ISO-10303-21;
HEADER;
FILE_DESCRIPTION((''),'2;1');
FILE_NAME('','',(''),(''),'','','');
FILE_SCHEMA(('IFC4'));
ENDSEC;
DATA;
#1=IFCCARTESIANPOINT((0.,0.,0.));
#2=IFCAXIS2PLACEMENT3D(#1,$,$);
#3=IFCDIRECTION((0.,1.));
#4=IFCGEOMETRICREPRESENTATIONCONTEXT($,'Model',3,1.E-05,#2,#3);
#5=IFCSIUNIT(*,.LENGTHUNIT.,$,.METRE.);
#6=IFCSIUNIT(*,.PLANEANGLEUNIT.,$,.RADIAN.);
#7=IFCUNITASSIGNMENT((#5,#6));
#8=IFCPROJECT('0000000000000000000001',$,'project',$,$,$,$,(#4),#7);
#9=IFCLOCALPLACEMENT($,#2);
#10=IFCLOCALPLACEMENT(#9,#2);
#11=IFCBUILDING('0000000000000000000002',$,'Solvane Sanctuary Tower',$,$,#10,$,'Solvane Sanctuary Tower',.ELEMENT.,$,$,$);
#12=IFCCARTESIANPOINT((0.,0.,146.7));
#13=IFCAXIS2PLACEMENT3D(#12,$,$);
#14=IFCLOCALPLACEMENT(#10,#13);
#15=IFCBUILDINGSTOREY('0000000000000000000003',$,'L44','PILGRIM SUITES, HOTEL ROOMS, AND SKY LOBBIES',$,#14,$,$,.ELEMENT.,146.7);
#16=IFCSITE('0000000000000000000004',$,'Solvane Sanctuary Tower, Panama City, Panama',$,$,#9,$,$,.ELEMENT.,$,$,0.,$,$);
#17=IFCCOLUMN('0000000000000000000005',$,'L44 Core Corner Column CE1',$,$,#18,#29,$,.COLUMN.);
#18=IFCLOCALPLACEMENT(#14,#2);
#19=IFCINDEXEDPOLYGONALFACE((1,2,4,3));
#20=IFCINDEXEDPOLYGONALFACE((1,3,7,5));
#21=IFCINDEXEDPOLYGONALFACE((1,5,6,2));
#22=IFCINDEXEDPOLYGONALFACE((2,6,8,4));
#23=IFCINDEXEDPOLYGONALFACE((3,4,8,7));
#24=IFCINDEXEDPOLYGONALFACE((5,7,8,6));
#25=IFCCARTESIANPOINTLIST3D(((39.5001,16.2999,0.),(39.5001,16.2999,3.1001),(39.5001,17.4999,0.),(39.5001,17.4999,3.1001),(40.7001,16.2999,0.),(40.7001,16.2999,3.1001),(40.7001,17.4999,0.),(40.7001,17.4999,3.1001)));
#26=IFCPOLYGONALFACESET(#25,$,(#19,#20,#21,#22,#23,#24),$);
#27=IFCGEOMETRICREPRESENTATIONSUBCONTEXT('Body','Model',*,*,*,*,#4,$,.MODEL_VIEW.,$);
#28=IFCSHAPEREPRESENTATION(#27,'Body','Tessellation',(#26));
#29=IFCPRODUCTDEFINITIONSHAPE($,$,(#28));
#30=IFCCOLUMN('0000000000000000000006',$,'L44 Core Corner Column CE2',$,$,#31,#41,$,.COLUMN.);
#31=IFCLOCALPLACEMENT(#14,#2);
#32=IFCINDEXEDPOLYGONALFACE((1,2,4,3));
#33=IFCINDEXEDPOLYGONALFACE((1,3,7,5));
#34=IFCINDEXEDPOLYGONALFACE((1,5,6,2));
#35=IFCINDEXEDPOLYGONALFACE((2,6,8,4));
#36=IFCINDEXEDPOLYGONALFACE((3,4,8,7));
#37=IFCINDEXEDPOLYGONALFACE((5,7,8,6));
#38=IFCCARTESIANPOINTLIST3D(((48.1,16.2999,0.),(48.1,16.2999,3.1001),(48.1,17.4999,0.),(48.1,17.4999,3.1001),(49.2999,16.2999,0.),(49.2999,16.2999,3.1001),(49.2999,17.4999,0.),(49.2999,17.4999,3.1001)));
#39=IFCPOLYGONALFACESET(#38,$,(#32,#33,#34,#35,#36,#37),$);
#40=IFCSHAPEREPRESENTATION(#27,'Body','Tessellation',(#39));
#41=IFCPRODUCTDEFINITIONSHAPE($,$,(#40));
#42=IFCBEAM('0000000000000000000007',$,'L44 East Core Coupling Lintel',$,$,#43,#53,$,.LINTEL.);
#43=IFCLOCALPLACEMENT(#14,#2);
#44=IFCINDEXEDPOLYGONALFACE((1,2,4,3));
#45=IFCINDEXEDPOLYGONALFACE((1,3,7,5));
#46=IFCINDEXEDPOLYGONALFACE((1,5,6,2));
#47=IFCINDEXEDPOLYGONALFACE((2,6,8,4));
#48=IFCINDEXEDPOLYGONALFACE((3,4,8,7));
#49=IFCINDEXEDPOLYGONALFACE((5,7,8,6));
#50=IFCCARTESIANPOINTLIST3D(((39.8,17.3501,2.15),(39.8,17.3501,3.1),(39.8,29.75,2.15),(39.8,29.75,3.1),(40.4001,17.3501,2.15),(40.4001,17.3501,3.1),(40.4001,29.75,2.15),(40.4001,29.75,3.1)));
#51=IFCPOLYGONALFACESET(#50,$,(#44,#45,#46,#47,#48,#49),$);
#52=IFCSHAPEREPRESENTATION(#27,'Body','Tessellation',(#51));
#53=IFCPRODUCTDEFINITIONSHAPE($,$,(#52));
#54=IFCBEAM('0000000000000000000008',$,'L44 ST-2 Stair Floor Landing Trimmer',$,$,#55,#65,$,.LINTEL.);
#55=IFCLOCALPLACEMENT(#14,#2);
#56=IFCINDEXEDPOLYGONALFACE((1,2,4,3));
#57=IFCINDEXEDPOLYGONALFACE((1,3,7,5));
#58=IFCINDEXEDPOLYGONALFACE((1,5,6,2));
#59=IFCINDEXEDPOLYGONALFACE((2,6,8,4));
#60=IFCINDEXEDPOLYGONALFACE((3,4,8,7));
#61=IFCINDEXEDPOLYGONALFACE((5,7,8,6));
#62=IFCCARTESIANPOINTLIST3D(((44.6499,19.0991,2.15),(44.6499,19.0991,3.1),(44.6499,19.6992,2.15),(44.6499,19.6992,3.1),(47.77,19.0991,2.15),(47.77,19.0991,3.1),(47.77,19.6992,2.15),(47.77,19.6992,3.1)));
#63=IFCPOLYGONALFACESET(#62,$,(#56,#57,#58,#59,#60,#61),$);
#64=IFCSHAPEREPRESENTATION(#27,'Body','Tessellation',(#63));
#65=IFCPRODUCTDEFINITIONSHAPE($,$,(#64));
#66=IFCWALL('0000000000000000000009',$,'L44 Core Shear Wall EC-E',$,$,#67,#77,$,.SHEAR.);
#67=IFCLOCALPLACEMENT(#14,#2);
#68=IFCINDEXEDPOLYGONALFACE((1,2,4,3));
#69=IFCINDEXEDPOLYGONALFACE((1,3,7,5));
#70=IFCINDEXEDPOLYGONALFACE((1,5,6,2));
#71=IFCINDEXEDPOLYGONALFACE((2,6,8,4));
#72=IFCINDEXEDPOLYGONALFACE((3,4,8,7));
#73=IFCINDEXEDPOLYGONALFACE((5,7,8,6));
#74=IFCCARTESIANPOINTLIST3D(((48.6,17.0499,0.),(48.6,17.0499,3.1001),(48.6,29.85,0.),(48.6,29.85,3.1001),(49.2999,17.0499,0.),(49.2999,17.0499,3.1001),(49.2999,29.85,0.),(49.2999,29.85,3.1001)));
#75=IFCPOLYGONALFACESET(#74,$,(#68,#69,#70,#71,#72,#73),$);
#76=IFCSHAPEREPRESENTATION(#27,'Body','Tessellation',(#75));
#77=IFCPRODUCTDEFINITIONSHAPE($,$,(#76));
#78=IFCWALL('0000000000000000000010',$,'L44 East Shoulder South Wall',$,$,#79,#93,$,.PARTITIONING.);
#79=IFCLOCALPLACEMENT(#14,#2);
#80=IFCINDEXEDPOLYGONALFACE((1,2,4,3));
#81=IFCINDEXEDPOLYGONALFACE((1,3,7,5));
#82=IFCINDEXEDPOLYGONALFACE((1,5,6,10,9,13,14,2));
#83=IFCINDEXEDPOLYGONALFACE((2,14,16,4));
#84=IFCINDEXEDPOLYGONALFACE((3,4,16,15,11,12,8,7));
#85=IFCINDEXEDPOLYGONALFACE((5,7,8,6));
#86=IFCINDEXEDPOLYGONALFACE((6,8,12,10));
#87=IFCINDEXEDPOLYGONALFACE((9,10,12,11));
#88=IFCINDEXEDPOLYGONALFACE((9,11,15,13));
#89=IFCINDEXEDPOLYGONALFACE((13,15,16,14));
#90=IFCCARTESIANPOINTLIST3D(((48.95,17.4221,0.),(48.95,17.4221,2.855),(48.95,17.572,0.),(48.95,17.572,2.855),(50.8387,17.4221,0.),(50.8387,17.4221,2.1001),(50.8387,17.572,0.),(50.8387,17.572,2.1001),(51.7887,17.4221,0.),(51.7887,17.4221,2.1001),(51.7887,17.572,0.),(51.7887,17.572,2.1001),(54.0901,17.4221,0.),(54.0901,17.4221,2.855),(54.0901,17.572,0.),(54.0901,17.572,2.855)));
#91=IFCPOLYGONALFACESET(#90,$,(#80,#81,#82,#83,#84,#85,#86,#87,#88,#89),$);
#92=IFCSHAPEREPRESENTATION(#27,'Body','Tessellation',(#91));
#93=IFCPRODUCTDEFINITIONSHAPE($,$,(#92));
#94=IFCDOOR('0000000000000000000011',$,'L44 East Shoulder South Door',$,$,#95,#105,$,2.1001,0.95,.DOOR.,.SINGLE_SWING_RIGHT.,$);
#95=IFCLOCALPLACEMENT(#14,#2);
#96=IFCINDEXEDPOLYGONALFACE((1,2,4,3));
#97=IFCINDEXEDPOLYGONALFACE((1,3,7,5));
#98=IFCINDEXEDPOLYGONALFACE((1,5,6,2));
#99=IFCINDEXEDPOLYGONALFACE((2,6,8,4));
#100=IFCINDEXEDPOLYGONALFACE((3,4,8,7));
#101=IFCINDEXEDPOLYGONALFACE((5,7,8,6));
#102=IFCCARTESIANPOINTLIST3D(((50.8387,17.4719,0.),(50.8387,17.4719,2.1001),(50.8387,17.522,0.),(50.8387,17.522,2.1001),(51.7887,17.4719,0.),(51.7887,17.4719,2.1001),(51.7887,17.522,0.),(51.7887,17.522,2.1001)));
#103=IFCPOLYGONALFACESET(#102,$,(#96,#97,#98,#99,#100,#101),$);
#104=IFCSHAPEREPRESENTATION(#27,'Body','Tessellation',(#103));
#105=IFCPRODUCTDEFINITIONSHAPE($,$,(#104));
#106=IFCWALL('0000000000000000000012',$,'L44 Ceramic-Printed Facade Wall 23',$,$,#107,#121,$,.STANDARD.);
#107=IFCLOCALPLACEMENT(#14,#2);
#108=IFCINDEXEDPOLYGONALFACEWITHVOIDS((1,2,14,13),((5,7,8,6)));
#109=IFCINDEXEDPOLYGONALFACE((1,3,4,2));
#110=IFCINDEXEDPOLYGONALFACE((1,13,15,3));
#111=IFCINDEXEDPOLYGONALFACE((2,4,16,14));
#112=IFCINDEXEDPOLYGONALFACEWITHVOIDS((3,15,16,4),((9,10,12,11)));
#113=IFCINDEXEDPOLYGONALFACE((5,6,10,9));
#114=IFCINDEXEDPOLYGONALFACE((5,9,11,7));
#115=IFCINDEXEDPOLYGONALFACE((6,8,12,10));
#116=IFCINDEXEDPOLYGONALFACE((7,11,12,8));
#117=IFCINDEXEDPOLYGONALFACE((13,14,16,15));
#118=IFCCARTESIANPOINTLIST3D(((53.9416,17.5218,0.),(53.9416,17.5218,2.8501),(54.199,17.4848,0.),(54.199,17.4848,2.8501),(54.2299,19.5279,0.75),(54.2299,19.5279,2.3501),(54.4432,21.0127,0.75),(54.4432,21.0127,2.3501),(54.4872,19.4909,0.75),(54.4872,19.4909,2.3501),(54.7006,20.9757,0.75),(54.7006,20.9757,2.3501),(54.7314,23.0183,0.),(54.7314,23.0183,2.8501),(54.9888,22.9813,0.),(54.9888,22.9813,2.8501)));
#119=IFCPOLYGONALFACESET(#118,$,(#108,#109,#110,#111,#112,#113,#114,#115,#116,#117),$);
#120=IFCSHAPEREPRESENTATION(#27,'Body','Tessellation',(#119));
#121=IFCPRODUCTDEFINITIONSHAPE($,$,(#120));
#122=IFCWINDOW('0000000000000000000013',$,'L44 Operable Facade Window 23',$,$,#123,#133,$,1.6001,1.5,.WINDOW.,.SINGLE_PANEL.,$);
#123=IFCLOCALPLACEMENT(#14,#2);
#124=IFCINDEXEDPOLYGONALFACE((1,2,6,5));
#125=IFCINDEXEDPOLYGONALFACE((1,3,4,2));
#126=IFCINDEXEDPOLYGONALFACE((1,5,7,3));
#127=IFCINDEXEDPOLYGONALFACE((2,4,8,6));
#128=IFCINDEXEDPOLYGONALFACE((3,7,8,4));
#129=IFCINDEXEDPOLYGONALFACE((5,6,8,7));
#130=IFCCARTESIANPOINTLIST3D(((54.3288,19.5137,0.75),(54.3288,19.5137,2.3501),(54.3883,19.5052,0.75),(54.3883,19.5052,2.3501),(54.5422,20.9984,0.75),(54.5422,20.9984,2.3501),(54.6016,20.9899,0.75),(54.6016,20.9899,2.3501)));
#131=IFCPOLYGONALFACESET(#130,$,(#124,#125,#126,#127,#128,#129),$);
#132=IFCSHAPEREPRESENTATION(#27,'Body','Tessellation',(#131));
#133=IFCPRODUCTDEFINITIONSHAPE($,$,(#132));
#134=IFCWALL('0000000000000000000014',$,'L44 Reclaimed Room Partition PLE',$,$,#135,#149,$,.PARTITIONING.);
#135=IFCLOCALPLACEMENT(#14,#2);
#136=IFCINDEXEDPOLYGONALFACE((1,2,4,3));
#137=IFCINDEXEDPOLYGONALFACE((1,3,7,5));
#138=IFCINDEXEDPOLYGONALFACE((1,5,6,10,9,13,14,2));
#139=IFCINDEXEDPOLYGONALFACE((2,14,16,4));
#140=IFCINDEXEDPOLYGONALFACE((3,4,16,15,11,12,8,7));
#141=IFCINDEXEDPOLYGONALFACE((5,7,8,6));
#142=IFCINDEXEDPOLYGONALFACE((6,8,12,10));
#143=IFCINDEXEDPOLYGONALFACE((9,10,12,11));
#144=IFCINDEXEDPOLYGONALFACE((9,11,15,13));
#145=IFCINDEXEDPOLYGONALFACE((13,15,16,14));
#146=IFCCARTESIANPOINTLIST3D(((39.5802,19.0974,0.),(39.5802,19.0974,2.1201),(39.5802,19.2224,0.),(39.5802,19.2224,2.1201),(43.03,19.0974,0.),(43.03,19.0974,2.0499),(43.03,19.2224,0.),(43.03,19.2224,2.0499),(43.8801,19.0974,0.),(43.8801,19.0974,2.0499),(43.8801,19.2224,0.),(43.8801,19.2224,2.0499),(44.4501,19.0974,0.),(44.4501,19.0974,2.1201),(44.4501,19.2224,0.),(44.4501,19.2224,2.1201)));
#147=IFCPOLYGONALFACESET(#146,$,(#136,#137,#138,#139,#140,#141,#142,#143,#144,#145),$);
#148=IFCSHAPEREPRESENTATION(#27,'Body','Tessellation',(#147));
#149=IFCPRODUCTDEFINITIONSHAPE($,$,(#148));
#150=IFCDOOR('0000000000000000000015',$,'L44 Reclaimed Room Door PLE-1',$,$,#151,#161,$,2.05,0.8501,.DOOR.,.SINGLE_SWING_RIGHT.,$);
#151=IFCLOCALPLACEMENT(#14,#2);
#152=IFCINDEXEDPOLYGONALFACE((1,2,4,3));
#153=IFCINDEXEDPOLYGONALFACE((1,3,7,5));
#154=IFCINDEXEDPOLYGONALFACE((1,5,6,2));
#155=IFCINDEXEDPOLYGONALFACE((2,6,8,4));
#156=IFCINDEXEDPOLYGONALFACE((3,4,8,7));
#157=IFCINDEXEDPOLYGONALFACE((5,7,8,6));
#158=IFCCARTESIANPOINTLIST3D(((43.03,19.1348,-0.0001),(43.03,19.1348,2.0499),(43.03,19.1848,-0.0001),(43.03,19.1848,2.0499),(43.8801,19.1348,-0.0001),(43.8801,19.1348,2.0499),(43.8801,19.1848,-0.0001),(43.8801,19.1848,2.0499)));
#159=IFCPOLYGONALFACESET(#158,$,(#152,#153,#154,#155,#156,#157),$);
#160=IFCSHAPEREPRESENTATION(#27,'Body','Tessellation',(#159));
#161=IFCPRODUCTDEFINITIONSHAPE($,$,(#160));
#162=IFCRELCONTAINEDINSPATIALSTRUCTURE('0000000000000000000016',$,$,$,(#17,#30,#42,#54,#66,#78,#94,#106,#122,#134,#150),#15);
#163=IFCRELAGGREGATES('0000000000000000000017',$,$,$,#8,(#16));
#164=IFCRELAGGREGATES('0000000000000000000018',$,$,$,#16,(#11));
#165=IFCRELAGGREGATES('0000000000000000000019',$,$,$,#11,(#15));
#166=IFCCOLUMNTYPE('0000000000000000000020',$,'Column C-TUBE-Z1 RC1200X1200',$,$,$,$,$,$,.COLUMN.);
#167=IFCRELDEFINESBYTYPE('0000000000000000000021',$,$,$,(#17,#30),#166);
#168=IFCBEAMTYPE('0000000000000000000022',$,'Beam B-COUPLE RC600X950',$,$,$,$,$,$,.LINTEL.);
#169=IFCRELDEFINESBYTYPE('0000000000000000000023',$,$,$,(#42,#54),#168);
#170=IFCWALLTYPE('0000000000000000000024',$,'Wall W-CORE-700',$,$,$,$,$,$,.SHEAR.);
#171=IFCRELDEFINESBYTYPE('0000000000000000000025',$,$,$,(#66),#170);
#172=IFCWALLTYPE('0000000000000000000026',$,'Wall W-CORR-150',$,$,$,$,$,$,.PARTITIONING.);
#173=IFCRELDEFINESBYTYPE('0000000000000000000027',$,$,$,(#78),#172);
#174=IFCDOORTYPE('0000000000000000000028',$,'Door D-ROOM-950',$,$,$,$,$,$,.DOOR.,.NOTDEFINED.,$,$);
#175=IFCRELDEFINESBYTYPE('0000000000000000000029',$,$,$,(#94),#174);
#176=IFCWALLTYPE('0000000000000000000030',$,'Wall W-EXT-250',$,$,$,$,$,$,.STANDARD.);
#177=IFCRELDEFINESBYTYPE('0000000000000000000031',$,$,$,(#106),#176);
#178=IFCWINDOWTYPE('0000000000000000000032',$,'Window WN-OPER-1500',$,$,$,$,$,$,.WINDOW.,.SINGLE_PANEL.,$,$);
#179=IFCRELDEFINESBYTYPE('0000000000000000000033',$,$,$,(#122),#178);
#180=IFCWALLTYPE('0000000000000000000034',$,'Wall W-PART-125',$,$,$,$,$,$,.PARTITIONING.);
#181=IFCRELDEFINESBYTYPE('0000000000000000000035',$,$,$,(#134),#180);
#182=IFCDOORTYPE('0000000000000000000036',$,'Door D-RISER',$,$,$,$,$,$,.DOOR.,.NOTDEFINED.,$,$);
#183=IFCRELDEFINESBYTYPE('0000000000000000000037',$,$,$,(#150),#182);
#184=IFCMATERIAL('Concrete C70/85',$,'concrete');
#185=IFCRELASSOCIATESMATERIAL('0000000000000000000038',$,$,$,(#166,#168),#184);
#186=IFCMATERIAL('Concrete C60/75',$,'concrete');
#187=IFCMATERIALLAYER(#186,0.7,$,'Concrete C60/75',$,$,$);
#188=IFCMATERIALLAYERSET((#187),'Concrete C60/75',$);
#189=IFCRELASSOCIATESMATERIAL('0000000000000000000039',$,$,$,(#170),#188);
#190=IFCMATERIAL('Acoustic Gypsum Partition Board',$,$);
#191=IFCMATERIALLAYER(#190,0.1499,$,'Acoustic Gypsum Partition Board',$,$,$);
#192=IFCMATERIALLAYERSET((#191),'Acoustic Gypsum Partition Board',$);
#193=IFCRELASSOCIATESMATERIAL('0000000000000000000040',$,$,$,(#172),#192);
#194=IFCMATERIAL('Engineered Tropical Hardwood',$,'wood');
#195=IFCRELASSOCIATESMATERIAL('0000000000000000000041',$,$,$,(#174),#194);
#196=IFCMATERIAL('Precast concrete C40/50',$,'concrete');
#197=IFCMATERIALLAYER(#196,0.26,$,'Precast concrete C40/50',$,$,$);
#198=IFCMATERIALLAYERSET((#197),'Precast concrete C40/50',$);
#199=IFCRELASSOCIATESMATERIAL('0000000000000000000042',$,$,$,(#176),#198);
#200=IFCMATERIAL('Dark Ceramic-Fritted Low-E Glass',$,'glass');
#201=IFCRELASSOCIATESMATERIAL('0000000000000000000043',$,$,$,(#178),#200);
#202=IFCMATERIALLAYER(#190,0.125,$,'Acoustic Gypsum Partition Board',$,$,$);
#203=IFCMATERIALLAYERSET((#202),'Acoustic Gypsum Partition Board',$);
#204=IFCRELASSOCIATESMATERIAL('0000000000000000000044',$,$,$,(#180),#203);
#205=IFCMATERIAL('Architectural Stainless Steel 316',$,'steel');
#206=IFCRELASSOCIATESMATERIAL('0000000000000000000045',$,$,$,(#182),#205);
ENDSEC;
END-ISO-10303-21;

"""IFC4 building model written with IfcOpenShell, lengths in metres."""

from ifc_helpers import new_model, si_unit, direction, frame, frame_2d, origin, origin_2d, place, context, subcontext, project, spatial, rectangle, extrude, material, layer, layer_set, material_profile, profile_set, type_object, element, fill, save


model = new_model("IFC4")

# Units and contexts
model_context = context("Model", 3, precision=1e-05, world=origin(), true_north=direction((0.0, 1.0)))
body_context = subcontext(model_context, "Body", "Model", "MODEL_VIEW")
ifc_project = project(units=[si_unit("LENGTHUNIT", "METRE"), si_unit("PLANEANGLEUNIT", "RADIAN")], contexts=[model_context])

# Site, building, storey
site_placement = place(None, origin())
site = spatial("IfcSite", under=ifc_project, at=site_placement, Name="Solvane Sanctuary Tower, Panama City, Panama", CompositionType="ELEMENT", RefElevation=0.0)
building_placement = place(site_placement, origin())
building = spatial("IfcBuilding", under=site, at=building_placement, Name="Solvane Sanctuary Tower", LongName="Solvane Sanctuary Tower", CompositionType="ELEMENT")
storey_placement = place(building_placement, frame((0.0, 0.0, 146.7)))
storey = spatial("IfcBuildingStorey", under=building, at=storey_placement, Name="L44", Description="PILGRIM SUITES, HOTEL ROOMS, AND SKY LOBBIES", CompositionType="ELEMENT", Elevation=146.7)

# Columns
ifc_material_1 = material(Name="Concrete C70/85", Category="concrete")
ifc_material_profile_1 = material_profile(ifc_material_1, rectangle(XDim=1.2, YDim=1.2, at=origin_2d()), Name="RC1200X1200")
ifc_profile_set_1 = profile_set([ifc_material_profile_1], Name="Concrete C70/85")
column_type = type_object("IfcColumnType", Name="Column C-TUBE-Z1 RC1200X1200", PredefinedType="COLUMN", material=ifc_profile_set_1)
for number, where, z_axis, x_axis, name in (
    (1, (40.1001, 16.8999, 0.0), (0.0, 0.0, 1.0), (1.0, 0.0, 0.0), "L44 Core Corner Column CE1"),
    (2, (48.7, 16.8999, 0.0), (0.0, 0.0, 1.0), (1.0, 0.0, 0.0), "L44 Core Corner Column CE2"),
):
    element("IfcColumn", number, at=place(storey_placement, frame(where, z_axis=z_axis, x_axis=x_axis)), inside=storey, type_object=column_type, Name=name, PredefinedType="COLUMN", context=body_context, shape_type="SweptSolid", body=[
        extrude(rectangle(XDim=1.2, YDim=1.2, at=origin_2d()), origin(), (0.0, 0.0, 1.0), 3.1001),
    ])

# Beams
ifc_material_profile_2 = material_profile(ifc_material_1, rectangle(XDim=0.6001, YDim=0.95, at=origin_2d()), Name="RC600X950")
ifc_profile_set_2 = profile_set([ifc_material_profile_2], Name="Concrete C70/85")
beam_type = type_object("IfcBeamType", Name="Beam B-COUPLE RC600X950", PredefinedType="LINTEL", material=ifc_profile_set_2)
beam_1_placement = place(storey_placement, frame((40.1001, 17.3501, 2.625), z_axis=(0.0, 1.0, 0.0), x_axis=(-1.0, 0.0, 0.0)))
element("IfcBeam", 3, at=beam_1_placement, inside=storey, type_object=beam_type, Name="L44 East Core Coupling Lintel", PredefinedType="LINTEL", context=body_context, shape_type="SweptSolid", body=[
    extrude(rectangle(XDim=0.6001, YDim=0.95, at=origin_2d()), origin(), (0.0, 0.0, 1.0), 12.3999),
])
beam_2_placement = place(storey_placement, frame((44.6499, 19.3992, 2.625), z_axis=(1.0, 0.0, 0.0), x_axis=(0.0, 1.0, 0.0)))
element("IfcBeam", 4, at=beam_2_placement, inside=storey, type_object=beam_type, Name="L44 ST-2 Stair Floor Landing Trimmer", PredefinedType="LINTEL", context=body_context, shape_type="SweptSolid", body=[
    extrude(rectangle(XDim=0.6001, YDim=0.95, at=origin_2d()), origin(), (0.0, 0.0, 1.0), 3.1201),
])

# Wall
ifc_material_2 = material(Name="Concrete C60/75", Category="concrete")
ifc_layer_1 = layer(ifc_material_2, 0.7, Name="Concrete C60/75")
ifc_layer_set_1 = layer_set([ifc_layer_1], Name="Concrete C60/75")
wall_type_1 = type_object("IfcWallType", Name="Wall W-CORE-700", PredefinedType="SHEAR", material=ifc_layer_set_1)
wall_1_placement = place(storey_placement, frame((48.95, 17.05, 0.0), z_axis=(0.0, 0.0, 1.0), x_axis=(0.0, 1.0, 0.0)))
element("IfcWall", 5, at=wall_1_placement, inside=storey, type_object=wall_type_1, Name="L44 Core Shear Wall EC-E", PredefinedType="SHEAR", context=body_context, shape_type="SweptSolid", body=[
    extrude(rectangle(XDim=12.8, YDim=0.7, at=frame_2d((6.3999, 0.0))), origin(), (0.0, 0.0, 1.0), 3.1001),
])

# Wall, opening, door
ifc_material_3 = material(Name="Acoustic Gypsum Partition Board")
ifc_layer_2 = layer(ifc_material_3, 0.1499, Name="Acoustic Gypsum Partition Board")
ifc_layer_set_2 = layer_set([ifc_layer_2], Name="Acoustic Gypsum Partition Board")
wall_type_2 = type_object("IfcWallType", Name="Wall W-CORR-150", PredefinedType="PARTITIONING", material=ifc_layer_set_2)
wall_2_placement = place(storey_placement, frame((48.95, 17.4971, 0.0), z_axis=(0.0, 0.0, 1.0), x_axis=(1.0, 0.0, 0.0)))
wall_2 = element("IfcWall", 6, at=wall_2_placement, inside=storey, type_object=wall_type_2, Name="L44 East Shoulder South Wall", PredefinedType="PARTITIONING", context=body_context, shape_type="SweptSolid", body=[
    extrude(rectangle(XDim=5.1401, YDim=0.1499, at=frame_2d((2.5701, 0.0))), origin(), (0.0, 0.0, 1.0), 2.855),
])
opening_1_placement = place(wall_2_placement, frame((1.8887, 0.0, 0.0)))
opening_1 = element("IfcOpeningElement", 7, at=opening_1_placement, cuts=wall_2, PredefinedType="OPENING", context=body_context, shape_type="SweptSolid", body=[
    extrude(rectangle(XDim=0.95, YDim=2.1001, at=frame_2d((0.4751, 1.05))), frame((0.0, 0.085, 0.0), z_axis=(0.0, -1.0, 0.0), x_axis=(1.0, 0.0, 0.0)), (0.0, 0.0, 1.0), 0.1699),
])
ifc_material_4 = material(Name="Engineered Tropical Hardwood", Category="wood")
door_type_1 = type_object("IfcDoorType", Name="Door D-ROOM-950", OperationType="NOTDEFINED", PredefinedType="DOOR", material=ifc_material_4)
door_1_placement = place(opening_1_placement, origin())
door_1 = element("IfcDoor", 8, at=door_1_placement, inside=storey, type_object=door_type_1, Name="L44 East Shoulder South Door", OperationType="SINGLE_SWING_RIGHT", OverallHeight=2.1001, OverallWidth=0.95, PredefinedType="DOOR", context=body_context, shape_type="SweptSolid", body=[
    extrude(rectangle(XDim=0.95, YDim=2.1001, at=frame_2d((0.4751, 1.05))), frame((0.0, 0.0249, 0.0), z_axis=(0.0, -1.0, 0.0), x_axis=(1.0, 0.0, 0.0)), (0.0, 0.0, 1.0), 0.05),
])
fill(opening_1, door_1)

# Wall, opening, window
ifc_material_5 = material(Name="Precast concrete C40/50", Category="concrete")
ifc_layer_3 = layer(ifc_material_5, 0.26, Name="Precast concrete C40/50")
ifc_layer_set_3 = layer_set([ifc_layer_3], Name="Precast concrete C40/50")
wall_type_3 = type_object("IfcWallType", Name="Wall W-EXT-250", PredefinedType="STANDARD", material=ifc_layer_set_3)
wall_3_placement = place(storey_placement, frame((54.0703, 17.5034, 0.0), z_axis=(0.0, 0.0, 1.0), x_axis=(0.142228, 0.989834, 0.0)))
wall_3 = element("IfcWall", 9, at=wall_3_placement, inside=storey, type_object=wall_type_3, Name="L44 Ceramic-Printed Facade Wall 23", PredefinedType="STANDARD", context=body_context, shape_type="SweptSolid", body=[
    extrude(rectangle(XDim=5.553, YDim=0.26, at=frame_2d((2.7764, 0.0))), origin(), (0.0, 0.0, 1.0), 2.8501),
])
opening_2_placement = place(wall_3_placement, frame((2.0266, 0.0, 0.75)))
opening_2 = element("IfcOpeningElement", 10, at=opening_2_placement, cuts=wall_3, PredefinedType="OPENING", context=body_context, shape_type="SweptSolid", body=[
    extrude(rectangle(XDim=1.5, YDim=1.6001, at=frame_2d((0.75, 0.8))), frame((0.0, 0.1399, 0.0), z_axis=(0.0, -1.0, 0.0), x_axis=(1.0, 0.0, 0.0)), (0.0, 0.0, 1.0), 0.28),
])
ifc_material_6 = material(Name="Dark Ceramic-Fritted Low-E Glass", Category="glass")
window_type = type_object("IfcWindowType", Name="Window WN-OPER-1500", PartitioningType="SINGLE_PANEL", PredefinedType="WINDOW", material=ifc_material_6)
window_placement = place(opening_2_placement, origin())
window = element("IfcWindow", 11, at=window_placement, inside=storey, type_object=window_type, Name="L44 Operable Facade Window 23", OverallHeight=1.6001, OverallWidth=1.5, PartitioningType="SINGLE_PANEL", PredefinedType="WINDOW", context=body_context, shape_type="SweptSolid", body=[
    extrude(rectangle(XDim=1.5, YDim=1.6001, at=frame_2d((0.75, 0.8))), frame((0.0, 0.03, 0.0), z_axis=(0.0, -1.0, 0.0), x_axis=(1.0, 0.0, 0.0)), (0.0, 0.0, 1.0), 0.0601),
])
fill(opening_2, window)

# Wall, opening, door
ifc_layer_4 = layer(ifc_material_3, 0.125, Name="Acoustic Gypsum Partition Board")
ifc_layer_set_4 = layer_set([ifc_layer_4], Name="Acoustic Gypsum Partition Board")
wall_type_4 = type_object("IfcWallType", Name="Wall W-PART-125", PredefinedType="PARTITIONING", material=ifc_layer_set_4)
wall_4_placement = place(storey_placement, frame((39.5801, 19.1599, 0.0), z_axis=(0.0, 0.0, 1.0), x_axis=(1.0, 0.0, 0.0)))
wall_4 = element("IfcWall", 12, at=wall_4_placement, inside=storey, type_object=wall_type_4, Name="L44 Reclaimed Room Partition PLE", PredefinedType="PARTITIONING", context=body_context, shape_type="SweptSolid", body=[
    extrude(rectangle(XDim=4.8699, YDim=0.125, at=frame_2d((2.4351, 0.0))), origin(), (0.0, 0.0, 1.0), 2.1201),
])
opening_3_placement = place(wall_4_placement, frame((3.45, 0.0, 0.0)))
opening_3 = element("IfcOpeningElement", 13, at=opening_3_placement, cuts=wall_4, PredefinedType="OPENING", context=body_context, shape_type="SweptSolid", body=[
    extrude(rectangle(XDim=0.8501, YDim=2.05, at=frame_2d((0.425, 1.0249))), frame((0.0, 0.0725, 0.0), z_axis=(0.0, -1.0, 0.0), x_axis=(1.0, 0.0, 0.0)), (0.0, 0.0, 1.0), 0.145),
])
ifc_material_7 = material(Name="Architectural Stainless Steel 316", Category="steel")
door_type_2 = type_object("IfcDoorType", Name="Door D-RISER", OperationType="NOTDEFINED", PredefinedType="DOOR", material=ifc_material_7)
door_2_placement = place(opening_3_placement, origin())
door_2 = element("IfcDoor", 14, at=door_2_placement, inside=storey, type_object=door_type_2, Name="L44 Reclaimed Room Door PLE-1", OperationType="SINGLE_SWING_RIGHT", OverallHeight=2.05, OverallWidth=0.8501, PredefinedType="DOOR", context=body_context, shape_type="SweptSolid", body=[
    extrude(rectangle(XDim=0.8501, YDim=2.05, at=frame_2d((0.425, 1.0249))), frame((0.0, 0.0249, 0.0), z_axis=(0.0, -1.0, 0.0), x_axis=(1.0, 0.0, 0.0)), (0.0, 0.0, 1.0), 0.05),
])
fill(opening_3, door_2)

save(model, "model.ifc")
